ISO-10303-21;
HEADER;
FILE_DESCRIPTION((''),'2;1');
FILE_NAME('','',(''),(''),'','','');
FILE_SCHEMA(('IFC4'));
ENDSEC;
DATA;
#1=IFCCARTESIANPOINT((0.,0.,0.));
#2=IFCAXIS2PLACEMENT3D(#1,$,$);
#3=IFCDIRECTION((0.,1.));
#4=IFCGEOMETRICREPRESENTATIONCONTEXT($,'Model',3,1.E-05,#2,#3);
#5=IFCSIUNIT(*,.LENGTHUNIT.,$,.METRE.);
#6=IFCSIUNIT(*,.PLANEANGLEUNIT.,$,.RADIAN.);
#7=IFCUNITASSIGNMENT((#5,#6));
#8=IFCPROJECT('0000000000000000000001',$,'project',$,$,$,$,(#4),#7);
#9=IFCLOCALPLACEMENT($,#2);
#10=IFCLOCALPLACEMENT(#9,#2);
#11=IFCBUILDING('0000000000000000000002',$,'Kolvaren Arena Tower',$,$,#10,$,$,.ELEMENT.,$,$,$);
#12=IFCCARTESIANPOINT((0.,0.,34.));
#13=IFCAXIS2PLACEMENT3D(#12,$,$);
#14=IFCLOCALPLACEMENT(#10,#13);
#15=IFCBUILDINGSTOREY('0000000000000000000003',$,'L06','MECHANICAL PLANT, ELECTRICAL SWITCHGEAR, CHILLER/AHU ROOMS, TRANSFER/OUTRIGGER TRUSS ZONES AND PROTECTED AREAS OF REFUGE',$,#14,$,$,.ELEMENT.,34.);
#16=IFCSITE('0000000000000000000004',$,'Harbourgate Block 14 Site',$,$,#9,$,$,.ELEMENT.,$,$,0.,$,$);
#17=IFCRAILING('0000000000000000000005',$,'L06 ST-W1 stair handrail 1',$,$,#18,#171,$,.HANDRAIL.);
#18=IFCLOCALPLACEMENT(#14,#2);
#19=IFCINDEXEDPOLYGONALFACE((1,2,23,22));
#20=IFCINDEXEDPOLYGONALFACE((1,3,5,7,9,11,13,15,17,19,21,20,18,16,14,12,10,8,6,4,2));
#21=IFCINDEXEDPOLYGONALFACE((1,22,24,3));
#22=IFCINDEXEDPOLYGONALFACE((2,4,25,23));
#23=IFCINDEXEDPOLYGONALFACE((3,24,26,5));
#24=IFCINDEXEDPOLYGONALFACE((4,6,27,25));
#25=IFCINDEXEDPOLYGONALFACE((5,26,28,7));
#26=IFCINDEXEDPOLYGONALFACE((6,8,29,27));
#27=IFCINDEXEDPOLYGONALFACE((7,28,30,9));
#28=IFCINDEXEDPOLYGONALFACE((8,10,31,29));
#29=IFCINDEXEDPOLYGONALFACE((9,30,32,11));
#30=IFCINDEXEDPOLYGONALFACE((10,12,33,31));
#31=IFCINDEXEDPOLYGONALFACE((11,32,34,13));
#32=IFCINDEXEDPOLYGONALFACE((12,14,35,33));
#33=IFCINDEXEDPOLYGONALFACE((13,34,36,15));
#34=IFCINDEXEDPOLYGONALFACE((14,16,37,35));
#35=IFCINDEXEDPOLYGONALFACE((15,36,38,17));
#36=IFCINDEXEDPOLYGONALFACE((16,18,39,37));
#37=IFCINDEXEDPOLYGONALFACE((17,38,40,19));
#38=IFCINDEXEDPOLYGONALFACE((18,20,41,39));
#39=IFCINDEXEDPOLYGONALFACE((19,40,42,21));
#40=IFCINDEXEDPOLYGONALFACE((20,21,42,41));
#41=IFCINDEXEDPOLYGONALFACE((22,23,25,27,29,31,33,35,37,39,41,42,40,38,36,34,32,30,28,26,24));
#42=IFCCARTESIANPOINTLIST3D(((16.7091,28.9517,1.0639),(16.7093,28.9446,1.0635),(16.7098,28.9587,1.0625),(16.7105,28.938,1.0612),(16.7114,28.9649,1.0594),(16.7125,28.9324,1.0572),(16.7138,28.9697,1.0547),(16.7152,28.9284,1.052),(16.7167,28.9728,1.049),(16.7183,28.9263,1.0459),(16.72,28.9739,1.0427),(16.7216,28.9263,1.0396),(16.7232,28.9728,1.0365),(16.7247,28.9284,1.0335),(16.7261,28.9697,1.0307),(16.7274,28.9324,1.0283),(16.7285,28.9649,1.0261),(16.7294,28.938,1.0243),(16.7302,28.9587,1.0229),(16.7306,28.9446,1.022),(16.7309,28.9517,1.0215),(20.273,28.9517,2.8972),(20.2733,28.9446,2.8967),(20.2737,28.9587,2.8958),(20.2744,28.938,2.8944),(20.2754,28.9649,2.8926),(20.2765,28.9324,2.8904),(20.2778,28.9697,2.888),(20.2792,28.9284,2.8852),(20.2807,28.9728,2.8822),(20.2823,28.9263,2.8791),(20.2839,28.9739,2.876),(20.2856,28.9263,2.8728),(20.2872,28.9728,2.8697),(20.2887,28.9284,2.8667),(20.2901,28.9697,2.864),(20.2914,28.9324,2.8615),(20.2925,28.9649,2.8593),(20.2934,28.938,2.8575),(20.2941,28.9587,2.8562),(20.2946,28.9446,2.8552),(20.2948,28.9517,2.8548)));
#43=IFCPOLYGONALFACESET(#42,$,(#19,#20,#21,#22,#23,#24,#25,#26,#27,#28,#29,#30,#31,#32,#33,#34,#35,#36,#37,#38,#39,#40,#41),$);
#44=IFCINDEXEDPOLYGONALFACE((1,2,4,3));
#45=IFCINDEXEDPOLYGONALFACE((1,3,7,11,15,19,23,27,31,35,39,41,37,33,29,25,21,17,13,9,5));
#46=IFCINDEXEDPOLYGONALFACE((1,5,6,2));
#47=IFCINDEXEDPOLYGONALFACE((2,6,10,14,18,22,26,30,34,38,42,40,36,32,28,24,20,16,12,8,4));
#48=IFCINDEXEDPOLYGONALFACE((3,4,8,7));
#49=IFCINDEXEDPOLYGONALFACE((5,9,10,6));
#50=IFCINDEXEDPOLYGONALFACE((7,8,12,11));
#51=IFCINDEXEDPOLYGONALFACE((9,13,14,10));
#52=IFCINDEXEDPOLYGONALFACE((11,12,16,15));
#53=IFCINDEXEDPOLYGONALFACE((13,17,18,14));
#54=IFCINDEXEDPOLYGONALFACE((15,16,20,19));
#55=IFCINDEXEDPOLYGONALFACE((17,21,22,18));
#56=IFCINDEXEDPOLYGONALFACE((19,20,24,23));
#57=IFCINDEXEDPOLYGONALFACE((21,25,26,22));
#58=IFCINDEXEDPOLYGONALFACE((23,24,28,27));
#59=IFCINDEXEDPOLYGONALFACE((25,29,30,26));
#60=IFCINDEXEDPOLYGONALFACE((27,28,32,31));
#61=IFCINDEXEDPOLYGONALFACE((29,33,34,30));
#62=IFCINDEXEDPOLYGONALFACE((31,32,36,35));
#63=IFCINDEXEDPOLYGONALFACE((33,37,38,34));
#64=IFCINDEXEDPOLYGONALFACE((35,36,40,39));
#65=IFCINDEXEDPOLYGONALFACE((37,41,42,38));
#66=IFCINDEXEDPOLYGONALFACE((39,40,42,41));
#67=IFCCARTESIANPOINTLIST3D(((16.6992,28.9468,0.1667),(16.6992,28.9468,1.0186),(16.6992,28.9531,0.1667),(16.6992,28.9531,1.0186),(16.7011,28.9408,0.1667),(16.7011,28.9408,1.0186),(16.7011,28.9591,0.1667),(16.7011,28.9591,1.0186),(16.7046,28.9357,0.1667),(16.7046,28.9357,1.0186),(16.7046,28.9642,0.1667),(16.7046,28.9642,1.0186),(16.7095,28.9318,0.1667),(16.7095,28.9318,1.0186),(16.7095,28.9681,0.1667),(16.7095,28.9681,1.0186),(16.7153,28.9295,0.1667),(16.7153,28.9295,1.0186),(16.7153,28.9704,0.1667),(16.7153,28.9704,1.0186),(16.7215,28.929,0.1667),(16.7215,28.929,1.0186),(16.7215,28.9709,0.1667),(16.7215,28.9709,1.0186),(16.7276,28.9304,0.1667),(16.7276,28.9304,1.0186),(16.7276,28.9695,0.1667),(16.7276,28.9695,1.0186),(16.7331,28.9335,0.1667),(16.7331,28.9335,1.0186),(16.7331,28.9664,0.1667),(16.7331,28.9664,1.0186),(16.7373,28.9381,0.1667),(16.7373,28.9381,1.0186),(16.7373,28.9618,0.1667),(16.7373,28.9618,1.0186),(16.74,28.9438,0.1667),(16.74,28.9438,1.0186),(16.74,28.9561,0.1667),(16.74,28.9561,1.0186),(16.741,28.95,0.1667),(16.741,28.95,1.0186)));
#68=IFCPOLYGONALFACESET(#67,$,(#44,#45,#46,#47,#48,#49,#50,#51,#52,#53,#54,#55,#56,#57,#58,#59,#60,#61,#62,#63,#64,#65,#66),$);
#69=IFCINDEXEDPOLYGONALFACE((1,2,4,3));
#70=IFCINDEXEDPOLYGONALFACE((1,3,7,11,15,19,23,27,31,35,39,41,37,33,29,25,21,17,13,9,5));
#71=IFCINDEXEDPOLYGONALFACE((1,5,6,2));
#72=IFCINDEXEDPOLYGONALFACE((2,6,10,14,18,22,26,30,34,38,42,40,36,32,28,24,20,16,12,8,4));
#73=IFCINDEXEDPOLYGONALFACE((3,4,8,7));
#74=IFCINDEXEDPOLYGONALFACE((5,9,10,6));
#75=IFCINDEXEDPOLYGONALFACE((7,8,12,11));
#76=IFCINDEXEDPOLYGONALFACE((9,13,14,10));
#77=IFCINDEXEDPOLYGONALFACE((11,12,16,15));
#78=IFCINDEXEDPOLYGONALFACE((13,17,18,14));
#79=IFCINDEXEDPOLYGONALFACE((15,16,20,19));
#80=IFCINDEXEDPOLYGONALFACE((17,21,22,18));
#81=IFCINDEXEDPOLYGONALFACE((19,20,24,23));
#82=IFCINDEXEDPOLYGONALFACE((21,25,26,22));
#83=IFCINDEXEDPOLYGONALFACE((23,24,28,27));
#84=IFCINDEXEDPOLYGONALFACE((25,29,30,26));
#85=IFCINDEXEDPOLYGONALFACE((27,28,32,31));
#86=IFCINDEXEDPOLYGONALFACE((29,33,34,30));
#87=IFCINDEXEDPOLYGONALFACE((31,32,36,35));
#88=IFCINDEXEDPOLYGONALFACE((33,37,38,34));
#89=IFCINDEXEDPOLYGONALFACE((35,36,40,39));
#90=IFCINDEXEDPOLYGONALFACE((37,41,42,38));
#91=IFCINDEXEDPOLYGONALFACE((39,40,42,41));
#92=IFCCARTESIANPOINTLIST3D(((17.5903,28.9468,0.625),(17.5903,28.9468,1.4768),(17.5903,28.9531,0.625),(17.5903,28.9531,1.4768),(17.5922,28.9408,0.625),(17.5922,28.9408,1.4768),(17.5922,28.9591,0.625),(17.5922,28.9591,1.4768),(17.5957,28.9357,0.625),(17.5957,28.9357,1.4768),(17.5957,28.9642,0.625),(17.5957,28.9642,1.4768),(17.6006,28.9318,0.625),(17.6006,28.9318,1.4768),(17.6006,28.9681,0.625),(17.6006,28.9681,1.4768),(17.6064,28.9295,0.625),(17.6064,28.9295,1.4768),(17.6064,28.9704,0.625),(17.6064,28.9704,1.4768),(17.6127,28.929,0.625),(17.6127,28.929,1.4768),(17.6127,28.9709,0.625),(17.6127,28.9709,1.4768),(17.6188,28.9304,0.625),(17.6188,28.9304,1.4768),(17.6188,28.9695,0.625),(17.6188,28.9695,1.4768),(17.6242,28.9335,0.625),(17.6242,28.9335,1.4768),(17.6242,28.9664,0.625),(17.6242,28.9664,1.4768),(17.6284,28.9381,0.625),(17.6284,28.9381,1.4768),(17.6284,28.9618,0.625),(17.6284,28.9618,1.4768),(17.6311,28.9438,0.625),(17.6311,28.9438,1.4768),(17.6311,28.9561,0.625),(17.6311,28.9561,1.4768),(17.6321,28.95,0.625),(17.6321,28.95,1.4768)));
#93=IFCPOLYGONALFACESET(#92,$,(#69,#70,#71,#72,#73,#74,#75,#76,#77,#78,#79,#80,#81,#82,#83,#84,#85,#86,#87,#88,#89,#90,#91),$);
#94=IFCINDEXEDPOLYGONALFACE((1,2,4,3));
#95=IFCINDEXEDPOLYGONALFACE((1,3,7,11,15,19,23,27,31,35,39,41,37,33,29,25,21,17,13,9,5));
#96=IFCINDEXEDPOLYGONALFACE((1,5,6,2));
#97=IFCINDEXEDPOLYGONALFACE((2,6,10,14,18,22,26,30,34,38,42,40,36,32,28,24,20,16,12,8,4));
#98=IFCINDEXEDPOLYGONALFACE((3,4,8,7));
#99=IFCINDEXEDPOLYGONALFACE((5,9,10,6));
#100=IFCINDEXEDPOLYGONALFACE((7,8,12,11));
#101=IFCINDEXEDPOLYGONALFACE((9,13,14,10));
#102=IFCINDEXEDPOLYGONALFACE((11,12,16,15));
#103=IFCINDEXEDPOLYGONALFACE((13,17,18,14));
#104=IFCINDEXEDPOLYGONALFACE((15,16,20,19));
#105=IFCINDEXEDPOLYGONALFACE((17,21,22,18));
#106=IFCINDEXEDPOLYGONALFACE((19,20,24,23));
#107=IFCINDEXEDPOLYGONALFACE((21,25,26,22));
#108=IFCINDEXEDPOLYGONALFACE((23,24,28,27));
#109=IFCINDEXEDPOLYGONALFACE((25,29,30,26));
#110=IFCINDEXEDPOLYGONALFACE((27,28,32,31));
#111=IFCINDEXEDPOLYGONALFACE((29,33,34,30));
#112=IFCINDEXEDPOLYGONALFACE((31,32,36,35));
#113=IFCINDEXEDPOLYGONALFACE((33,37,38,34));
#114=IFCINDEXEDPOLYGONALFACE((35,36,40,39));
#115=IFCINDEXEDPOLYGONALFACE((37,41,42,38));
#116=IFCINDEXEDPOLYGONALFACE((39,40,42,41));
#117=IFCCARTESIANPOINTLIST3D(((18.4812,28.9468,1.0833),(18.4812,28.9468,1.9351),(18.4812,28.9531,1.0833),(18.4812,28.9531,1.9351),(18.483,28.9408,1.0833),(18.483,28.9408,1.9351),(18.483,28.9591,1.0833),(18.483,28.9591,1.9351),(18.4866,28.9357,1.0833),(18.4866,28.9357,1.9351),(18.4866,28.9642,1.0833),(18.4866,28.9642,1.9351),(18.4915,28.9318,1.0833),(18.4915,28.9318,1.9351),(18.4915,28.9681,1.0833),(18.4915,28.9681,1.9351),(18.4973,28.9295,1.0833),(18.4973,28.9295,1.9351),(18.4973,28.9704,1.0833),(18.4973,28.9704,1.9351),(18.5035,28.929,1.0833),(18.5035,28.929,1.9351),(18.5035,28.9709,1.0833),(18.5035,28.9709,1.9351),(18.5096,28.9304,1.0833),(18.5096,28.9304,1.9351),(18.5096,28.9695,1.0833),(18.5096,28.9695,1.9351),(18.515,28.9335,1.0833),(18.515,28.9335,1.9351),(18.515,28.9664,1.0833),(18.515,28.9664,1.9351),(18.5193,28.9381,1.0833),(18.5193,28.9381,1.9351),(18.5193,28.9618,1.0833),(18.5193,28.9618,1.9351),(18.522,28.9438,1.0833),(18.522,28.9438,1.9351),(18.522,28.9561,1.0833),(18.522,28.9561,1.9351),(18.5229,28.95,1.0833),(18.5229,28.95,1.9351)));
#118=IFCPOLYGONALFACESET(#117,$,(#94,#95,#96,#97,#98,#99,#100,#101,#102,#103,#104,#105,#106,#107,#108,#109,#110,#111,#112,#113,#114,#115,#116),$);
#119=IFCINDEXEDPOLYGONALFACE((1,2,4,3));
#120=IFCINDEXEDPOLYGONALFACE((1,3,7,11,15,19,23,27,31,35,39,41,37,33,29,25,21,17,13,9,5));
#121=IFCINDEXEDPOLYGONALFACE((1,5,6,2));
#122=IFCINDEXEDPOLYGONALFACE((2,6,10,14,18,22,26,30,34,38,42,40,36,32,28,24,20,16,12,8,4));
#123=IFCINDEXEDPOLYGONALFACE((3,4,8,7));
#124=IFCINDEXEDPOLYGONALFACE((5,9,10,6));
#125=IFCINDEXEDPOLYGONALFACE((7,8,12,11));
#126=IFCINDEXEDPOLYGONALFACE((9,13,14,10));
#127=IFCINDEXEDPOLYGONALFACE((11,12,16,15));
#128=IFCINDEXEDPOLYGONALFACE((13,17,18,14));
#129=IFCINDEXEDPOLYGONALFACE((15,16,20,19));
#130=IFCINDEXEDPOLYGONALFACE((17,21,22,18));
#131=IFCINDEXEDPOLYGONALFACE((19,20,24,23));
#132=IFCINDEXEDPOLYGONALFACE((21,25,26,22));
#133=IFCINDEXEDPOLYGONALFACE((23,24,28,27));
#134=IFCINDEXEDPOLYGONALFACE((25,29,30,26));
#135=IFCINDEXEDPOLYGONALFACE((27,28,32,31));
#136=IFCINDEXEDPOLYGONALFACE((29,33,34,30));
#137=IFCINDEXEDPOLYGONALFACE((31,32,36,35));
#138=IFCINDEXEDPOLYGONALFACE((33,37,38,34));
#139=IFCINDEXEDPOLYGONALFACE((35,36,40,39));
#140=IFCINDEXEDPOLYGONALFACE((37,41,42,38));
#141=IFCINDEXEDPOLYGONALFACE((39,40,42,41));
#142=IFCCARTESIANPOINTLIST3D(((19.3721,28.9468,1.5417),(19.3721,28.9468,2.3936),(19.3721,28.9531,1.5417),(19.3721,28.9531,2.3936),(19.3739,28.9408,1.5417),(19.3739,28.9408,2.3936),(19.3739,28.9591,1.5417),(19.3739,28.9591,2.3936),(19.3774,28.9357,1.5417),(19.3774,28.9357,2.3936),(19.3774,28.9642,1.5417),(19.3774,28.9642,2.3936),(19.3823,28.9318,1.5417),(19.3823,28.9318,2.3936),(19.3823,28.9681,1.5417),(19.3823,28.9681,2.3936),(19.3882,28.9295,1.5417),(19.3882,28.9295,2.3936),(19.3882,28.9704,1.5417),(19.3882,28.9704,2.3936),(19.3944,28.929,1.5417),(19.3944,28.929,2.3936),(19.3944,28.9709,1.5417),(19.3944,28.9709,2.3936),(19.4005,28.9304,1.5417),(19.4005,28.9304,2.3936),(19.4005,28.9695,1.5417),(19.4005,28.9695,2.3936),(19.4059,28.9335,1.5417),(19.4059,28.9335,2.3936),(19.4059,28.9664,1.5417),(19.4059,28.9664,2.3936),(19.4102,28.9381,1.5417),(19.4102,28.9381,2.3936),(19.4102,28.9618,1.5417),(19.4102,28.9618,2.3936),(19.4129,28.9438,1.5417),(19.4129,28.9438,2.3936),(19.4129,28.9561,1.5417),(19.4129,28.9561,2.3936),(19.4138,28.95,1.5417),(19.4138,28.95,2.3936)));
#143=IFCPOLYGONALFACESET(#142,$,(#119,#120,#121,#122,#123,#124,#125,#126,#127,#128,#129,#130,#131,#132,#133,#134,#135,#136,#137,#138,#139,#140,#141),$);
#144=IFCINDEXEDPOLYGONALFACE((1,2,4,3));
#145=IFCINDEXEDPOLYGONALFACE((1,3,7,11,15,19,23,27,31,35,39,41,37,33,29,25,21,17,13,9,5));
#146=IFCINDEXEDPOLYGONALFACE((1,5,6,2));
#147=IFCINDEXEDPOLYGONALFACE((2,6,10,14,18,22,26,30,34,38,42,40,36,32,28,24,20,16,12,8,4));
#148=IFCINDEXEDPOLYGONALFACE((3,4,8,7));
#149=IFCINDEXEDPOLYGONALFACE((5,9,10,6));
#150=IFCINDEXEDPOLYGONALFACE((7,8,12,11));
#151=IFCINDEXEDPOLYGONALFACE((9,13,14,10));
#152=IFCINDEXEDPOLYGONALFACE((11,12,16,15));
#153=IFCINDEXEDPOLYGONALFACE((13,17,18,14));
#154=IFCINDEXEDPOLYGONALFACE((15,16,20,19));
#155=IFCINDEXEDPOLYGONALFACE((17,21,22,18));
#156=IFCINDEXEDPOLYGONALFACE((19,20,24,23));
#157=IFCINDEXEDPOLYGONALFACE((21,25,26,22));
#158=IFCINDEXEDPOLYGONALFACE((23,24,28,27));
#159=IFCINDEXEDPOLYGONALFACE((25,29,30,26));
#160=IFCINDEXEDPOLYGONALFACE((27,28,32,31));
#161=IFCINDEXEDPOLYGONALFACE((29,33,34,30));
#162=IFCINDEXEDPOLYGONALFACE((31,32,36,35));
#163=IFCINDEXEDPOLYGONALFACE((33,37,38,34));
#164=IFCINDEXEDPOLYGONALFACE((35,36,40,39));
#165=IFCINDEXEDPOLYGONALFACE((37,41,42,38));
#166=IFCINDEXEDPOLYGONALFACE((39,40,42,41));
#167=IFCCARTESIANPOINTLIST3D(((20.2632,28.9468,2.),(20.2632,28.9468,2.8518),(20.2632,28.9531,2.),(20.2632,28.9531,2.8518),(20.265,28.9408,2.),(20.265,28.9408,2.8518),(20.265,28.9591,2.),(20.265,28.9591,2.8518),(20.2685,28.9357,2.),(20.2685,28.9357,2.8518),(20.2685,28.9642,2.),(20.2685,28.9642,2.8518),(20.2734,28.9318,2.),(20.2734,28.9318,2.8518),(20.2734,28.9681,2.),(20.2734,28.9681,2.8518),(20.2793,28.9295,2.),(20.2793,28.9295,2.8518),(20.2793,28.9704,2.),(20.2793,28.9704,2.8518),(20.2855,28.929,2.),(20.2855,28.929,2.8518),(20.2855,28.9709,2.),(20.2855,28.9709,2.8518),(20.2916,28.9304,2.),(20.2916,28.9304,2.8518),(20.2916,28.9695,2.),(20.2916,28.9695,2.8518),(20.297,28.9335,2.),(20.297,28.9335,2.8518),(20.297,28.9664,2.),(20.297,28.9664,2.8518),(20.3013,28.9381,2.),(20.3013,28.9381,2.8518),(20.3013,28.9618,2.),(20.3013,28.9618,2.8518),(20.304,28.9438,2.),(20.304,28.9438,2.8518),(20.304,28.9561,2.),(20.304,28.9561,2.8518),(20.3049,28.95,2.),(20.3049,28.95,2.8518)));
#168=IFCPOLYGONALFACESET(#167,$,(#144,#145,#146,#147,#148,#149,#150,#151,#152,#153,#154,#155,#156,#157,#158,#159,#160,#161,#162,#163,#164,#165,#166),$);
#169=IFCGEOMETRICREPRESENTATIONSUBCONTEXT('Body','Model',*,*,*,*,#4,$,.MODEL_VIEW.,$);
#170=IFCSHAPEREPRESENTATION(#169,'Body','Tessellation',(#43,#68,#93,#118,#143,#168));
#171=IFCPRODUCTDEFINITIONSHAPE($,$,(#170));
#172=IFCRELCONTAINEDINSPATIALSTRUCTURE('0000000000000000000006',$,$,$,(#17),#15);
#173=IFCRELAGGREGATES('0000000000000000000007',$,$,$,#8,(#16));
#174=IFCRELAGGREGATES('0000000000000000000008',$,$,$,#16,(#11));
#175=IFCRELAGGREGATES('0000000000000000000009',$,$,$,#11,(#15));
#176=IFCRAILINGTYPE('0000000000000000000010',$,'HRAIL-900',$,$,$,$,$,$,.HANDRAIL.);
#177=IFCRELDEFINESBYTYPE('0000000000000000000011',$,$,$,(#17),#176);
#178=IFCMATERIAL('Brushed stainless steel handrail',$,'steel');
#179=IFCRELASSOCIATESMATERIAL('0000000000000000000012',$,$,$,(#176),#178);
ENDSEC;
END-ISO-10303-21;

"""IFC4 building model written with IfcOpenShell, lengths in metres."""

from ifc_helpers import new_model, si_unit, direction, frame, origin, origin_2d, place, context, subcontext, project, spatial, circle, extrude, material, type_object, element, save


model = new_model("IFC4")

# Units and contexts
model_context = context("Model", 3, precision=1e-05, world=origin(), true_north=direction((0.0, 1.0)))
body_context = subcontext(model_context, "Body", "Model", "MODEL_VIEW")
ifc_project = project(units=[si_unit("LENGTHUNIT", "METRE"), si_unit("PLANEANGLEUNIT", "RADIAN")], contexts=[model_context])

# Site, building, storey
site_placement = place(None, origin())
site = spatial("IfcSite", under=ifc_project, at=site_placement, Name="Harbourgate Block 14 Site", CompositionType="ELEMENT", RefElevation=0.0)
building_placement = place(site_placement, origin())
building = spatial("IfcBuilding", under=site, at=building_placement, Name="Kolvaren Arena Tower", CompositionType="ELEMENT")
storey_placement = place(building_placement, frame((0.0, 0.0, 34.0)))
storey = spatial("IfcBuildingStorey", under=building, at=storey_placement, Name="L06", Description="MECHANICAL PLANT, ELECTRICAL SWITCHGEAR, CHILLER/AHU ROOMS, TRANSFER/OUTRIGGER TRUSS ZONES AND PROTECTED AREAS OF REFUGE", CompositionType="ELEMENT", Elevation=34.0)

# Railing
ifc_material_1 = material(Name="Brushed stainless steel handrail", Category="steel")
railing_type_1 = type_object("IfcRailingType", Name="HRAIL-900", PredefinedType="HANDRAIL", material=ifc_material_1)
railing_1_placement = place(storey_placement, frame((16.72, 28.95, 0.1667)))
element("IfcRailing", 1, at=railing_1_placement, inside=storey, type_object=railing_type_1, Name="L06 ST-W1 stair handrail 1", PredefinedType="HANDRAIL", context=body_context, shape_type="SweptSolid", body=[
    extrude(circle(Radius=0.0239, at=origin_2d()), frame((0.0, 0.0, 0.876), z_axis=(0.889252, 0.0, 0.457418), x_axis=(0.0, 1.0, 0.0)), (0.0, 0.0, 1.0), 4.0078),
    extrude(circle(Radius=0.021, at=origin_2d()), origin(), (0.0, 0.0, 1.0), 0.8518),
    extrude(circle(Radius=0.021, at=origin_2d()), frame((0.8911, 0.0, 0.4583)), (0.0, 0.0, 1.0), 0.8518),
    extrude(circle(Radius=0.021, at=origin_2d()), frame((1.782, 0.0, 0.9165)), (0.0, 0.0, 1.0), 0.8518),
    extrude(circle(Radius=0.021, at=origin_2d()), frame((2.6729, 0.0, 1.375)), (0.0, 0.0, 1.0), 0.8518),
    extrude(circle(Radius=0.021, at=origin_2d()), frame((3.564, 0.0, 1.8333)), (0.0, 0.0, 1.0), 0.8518),
])

save(model, "model.ifc")
